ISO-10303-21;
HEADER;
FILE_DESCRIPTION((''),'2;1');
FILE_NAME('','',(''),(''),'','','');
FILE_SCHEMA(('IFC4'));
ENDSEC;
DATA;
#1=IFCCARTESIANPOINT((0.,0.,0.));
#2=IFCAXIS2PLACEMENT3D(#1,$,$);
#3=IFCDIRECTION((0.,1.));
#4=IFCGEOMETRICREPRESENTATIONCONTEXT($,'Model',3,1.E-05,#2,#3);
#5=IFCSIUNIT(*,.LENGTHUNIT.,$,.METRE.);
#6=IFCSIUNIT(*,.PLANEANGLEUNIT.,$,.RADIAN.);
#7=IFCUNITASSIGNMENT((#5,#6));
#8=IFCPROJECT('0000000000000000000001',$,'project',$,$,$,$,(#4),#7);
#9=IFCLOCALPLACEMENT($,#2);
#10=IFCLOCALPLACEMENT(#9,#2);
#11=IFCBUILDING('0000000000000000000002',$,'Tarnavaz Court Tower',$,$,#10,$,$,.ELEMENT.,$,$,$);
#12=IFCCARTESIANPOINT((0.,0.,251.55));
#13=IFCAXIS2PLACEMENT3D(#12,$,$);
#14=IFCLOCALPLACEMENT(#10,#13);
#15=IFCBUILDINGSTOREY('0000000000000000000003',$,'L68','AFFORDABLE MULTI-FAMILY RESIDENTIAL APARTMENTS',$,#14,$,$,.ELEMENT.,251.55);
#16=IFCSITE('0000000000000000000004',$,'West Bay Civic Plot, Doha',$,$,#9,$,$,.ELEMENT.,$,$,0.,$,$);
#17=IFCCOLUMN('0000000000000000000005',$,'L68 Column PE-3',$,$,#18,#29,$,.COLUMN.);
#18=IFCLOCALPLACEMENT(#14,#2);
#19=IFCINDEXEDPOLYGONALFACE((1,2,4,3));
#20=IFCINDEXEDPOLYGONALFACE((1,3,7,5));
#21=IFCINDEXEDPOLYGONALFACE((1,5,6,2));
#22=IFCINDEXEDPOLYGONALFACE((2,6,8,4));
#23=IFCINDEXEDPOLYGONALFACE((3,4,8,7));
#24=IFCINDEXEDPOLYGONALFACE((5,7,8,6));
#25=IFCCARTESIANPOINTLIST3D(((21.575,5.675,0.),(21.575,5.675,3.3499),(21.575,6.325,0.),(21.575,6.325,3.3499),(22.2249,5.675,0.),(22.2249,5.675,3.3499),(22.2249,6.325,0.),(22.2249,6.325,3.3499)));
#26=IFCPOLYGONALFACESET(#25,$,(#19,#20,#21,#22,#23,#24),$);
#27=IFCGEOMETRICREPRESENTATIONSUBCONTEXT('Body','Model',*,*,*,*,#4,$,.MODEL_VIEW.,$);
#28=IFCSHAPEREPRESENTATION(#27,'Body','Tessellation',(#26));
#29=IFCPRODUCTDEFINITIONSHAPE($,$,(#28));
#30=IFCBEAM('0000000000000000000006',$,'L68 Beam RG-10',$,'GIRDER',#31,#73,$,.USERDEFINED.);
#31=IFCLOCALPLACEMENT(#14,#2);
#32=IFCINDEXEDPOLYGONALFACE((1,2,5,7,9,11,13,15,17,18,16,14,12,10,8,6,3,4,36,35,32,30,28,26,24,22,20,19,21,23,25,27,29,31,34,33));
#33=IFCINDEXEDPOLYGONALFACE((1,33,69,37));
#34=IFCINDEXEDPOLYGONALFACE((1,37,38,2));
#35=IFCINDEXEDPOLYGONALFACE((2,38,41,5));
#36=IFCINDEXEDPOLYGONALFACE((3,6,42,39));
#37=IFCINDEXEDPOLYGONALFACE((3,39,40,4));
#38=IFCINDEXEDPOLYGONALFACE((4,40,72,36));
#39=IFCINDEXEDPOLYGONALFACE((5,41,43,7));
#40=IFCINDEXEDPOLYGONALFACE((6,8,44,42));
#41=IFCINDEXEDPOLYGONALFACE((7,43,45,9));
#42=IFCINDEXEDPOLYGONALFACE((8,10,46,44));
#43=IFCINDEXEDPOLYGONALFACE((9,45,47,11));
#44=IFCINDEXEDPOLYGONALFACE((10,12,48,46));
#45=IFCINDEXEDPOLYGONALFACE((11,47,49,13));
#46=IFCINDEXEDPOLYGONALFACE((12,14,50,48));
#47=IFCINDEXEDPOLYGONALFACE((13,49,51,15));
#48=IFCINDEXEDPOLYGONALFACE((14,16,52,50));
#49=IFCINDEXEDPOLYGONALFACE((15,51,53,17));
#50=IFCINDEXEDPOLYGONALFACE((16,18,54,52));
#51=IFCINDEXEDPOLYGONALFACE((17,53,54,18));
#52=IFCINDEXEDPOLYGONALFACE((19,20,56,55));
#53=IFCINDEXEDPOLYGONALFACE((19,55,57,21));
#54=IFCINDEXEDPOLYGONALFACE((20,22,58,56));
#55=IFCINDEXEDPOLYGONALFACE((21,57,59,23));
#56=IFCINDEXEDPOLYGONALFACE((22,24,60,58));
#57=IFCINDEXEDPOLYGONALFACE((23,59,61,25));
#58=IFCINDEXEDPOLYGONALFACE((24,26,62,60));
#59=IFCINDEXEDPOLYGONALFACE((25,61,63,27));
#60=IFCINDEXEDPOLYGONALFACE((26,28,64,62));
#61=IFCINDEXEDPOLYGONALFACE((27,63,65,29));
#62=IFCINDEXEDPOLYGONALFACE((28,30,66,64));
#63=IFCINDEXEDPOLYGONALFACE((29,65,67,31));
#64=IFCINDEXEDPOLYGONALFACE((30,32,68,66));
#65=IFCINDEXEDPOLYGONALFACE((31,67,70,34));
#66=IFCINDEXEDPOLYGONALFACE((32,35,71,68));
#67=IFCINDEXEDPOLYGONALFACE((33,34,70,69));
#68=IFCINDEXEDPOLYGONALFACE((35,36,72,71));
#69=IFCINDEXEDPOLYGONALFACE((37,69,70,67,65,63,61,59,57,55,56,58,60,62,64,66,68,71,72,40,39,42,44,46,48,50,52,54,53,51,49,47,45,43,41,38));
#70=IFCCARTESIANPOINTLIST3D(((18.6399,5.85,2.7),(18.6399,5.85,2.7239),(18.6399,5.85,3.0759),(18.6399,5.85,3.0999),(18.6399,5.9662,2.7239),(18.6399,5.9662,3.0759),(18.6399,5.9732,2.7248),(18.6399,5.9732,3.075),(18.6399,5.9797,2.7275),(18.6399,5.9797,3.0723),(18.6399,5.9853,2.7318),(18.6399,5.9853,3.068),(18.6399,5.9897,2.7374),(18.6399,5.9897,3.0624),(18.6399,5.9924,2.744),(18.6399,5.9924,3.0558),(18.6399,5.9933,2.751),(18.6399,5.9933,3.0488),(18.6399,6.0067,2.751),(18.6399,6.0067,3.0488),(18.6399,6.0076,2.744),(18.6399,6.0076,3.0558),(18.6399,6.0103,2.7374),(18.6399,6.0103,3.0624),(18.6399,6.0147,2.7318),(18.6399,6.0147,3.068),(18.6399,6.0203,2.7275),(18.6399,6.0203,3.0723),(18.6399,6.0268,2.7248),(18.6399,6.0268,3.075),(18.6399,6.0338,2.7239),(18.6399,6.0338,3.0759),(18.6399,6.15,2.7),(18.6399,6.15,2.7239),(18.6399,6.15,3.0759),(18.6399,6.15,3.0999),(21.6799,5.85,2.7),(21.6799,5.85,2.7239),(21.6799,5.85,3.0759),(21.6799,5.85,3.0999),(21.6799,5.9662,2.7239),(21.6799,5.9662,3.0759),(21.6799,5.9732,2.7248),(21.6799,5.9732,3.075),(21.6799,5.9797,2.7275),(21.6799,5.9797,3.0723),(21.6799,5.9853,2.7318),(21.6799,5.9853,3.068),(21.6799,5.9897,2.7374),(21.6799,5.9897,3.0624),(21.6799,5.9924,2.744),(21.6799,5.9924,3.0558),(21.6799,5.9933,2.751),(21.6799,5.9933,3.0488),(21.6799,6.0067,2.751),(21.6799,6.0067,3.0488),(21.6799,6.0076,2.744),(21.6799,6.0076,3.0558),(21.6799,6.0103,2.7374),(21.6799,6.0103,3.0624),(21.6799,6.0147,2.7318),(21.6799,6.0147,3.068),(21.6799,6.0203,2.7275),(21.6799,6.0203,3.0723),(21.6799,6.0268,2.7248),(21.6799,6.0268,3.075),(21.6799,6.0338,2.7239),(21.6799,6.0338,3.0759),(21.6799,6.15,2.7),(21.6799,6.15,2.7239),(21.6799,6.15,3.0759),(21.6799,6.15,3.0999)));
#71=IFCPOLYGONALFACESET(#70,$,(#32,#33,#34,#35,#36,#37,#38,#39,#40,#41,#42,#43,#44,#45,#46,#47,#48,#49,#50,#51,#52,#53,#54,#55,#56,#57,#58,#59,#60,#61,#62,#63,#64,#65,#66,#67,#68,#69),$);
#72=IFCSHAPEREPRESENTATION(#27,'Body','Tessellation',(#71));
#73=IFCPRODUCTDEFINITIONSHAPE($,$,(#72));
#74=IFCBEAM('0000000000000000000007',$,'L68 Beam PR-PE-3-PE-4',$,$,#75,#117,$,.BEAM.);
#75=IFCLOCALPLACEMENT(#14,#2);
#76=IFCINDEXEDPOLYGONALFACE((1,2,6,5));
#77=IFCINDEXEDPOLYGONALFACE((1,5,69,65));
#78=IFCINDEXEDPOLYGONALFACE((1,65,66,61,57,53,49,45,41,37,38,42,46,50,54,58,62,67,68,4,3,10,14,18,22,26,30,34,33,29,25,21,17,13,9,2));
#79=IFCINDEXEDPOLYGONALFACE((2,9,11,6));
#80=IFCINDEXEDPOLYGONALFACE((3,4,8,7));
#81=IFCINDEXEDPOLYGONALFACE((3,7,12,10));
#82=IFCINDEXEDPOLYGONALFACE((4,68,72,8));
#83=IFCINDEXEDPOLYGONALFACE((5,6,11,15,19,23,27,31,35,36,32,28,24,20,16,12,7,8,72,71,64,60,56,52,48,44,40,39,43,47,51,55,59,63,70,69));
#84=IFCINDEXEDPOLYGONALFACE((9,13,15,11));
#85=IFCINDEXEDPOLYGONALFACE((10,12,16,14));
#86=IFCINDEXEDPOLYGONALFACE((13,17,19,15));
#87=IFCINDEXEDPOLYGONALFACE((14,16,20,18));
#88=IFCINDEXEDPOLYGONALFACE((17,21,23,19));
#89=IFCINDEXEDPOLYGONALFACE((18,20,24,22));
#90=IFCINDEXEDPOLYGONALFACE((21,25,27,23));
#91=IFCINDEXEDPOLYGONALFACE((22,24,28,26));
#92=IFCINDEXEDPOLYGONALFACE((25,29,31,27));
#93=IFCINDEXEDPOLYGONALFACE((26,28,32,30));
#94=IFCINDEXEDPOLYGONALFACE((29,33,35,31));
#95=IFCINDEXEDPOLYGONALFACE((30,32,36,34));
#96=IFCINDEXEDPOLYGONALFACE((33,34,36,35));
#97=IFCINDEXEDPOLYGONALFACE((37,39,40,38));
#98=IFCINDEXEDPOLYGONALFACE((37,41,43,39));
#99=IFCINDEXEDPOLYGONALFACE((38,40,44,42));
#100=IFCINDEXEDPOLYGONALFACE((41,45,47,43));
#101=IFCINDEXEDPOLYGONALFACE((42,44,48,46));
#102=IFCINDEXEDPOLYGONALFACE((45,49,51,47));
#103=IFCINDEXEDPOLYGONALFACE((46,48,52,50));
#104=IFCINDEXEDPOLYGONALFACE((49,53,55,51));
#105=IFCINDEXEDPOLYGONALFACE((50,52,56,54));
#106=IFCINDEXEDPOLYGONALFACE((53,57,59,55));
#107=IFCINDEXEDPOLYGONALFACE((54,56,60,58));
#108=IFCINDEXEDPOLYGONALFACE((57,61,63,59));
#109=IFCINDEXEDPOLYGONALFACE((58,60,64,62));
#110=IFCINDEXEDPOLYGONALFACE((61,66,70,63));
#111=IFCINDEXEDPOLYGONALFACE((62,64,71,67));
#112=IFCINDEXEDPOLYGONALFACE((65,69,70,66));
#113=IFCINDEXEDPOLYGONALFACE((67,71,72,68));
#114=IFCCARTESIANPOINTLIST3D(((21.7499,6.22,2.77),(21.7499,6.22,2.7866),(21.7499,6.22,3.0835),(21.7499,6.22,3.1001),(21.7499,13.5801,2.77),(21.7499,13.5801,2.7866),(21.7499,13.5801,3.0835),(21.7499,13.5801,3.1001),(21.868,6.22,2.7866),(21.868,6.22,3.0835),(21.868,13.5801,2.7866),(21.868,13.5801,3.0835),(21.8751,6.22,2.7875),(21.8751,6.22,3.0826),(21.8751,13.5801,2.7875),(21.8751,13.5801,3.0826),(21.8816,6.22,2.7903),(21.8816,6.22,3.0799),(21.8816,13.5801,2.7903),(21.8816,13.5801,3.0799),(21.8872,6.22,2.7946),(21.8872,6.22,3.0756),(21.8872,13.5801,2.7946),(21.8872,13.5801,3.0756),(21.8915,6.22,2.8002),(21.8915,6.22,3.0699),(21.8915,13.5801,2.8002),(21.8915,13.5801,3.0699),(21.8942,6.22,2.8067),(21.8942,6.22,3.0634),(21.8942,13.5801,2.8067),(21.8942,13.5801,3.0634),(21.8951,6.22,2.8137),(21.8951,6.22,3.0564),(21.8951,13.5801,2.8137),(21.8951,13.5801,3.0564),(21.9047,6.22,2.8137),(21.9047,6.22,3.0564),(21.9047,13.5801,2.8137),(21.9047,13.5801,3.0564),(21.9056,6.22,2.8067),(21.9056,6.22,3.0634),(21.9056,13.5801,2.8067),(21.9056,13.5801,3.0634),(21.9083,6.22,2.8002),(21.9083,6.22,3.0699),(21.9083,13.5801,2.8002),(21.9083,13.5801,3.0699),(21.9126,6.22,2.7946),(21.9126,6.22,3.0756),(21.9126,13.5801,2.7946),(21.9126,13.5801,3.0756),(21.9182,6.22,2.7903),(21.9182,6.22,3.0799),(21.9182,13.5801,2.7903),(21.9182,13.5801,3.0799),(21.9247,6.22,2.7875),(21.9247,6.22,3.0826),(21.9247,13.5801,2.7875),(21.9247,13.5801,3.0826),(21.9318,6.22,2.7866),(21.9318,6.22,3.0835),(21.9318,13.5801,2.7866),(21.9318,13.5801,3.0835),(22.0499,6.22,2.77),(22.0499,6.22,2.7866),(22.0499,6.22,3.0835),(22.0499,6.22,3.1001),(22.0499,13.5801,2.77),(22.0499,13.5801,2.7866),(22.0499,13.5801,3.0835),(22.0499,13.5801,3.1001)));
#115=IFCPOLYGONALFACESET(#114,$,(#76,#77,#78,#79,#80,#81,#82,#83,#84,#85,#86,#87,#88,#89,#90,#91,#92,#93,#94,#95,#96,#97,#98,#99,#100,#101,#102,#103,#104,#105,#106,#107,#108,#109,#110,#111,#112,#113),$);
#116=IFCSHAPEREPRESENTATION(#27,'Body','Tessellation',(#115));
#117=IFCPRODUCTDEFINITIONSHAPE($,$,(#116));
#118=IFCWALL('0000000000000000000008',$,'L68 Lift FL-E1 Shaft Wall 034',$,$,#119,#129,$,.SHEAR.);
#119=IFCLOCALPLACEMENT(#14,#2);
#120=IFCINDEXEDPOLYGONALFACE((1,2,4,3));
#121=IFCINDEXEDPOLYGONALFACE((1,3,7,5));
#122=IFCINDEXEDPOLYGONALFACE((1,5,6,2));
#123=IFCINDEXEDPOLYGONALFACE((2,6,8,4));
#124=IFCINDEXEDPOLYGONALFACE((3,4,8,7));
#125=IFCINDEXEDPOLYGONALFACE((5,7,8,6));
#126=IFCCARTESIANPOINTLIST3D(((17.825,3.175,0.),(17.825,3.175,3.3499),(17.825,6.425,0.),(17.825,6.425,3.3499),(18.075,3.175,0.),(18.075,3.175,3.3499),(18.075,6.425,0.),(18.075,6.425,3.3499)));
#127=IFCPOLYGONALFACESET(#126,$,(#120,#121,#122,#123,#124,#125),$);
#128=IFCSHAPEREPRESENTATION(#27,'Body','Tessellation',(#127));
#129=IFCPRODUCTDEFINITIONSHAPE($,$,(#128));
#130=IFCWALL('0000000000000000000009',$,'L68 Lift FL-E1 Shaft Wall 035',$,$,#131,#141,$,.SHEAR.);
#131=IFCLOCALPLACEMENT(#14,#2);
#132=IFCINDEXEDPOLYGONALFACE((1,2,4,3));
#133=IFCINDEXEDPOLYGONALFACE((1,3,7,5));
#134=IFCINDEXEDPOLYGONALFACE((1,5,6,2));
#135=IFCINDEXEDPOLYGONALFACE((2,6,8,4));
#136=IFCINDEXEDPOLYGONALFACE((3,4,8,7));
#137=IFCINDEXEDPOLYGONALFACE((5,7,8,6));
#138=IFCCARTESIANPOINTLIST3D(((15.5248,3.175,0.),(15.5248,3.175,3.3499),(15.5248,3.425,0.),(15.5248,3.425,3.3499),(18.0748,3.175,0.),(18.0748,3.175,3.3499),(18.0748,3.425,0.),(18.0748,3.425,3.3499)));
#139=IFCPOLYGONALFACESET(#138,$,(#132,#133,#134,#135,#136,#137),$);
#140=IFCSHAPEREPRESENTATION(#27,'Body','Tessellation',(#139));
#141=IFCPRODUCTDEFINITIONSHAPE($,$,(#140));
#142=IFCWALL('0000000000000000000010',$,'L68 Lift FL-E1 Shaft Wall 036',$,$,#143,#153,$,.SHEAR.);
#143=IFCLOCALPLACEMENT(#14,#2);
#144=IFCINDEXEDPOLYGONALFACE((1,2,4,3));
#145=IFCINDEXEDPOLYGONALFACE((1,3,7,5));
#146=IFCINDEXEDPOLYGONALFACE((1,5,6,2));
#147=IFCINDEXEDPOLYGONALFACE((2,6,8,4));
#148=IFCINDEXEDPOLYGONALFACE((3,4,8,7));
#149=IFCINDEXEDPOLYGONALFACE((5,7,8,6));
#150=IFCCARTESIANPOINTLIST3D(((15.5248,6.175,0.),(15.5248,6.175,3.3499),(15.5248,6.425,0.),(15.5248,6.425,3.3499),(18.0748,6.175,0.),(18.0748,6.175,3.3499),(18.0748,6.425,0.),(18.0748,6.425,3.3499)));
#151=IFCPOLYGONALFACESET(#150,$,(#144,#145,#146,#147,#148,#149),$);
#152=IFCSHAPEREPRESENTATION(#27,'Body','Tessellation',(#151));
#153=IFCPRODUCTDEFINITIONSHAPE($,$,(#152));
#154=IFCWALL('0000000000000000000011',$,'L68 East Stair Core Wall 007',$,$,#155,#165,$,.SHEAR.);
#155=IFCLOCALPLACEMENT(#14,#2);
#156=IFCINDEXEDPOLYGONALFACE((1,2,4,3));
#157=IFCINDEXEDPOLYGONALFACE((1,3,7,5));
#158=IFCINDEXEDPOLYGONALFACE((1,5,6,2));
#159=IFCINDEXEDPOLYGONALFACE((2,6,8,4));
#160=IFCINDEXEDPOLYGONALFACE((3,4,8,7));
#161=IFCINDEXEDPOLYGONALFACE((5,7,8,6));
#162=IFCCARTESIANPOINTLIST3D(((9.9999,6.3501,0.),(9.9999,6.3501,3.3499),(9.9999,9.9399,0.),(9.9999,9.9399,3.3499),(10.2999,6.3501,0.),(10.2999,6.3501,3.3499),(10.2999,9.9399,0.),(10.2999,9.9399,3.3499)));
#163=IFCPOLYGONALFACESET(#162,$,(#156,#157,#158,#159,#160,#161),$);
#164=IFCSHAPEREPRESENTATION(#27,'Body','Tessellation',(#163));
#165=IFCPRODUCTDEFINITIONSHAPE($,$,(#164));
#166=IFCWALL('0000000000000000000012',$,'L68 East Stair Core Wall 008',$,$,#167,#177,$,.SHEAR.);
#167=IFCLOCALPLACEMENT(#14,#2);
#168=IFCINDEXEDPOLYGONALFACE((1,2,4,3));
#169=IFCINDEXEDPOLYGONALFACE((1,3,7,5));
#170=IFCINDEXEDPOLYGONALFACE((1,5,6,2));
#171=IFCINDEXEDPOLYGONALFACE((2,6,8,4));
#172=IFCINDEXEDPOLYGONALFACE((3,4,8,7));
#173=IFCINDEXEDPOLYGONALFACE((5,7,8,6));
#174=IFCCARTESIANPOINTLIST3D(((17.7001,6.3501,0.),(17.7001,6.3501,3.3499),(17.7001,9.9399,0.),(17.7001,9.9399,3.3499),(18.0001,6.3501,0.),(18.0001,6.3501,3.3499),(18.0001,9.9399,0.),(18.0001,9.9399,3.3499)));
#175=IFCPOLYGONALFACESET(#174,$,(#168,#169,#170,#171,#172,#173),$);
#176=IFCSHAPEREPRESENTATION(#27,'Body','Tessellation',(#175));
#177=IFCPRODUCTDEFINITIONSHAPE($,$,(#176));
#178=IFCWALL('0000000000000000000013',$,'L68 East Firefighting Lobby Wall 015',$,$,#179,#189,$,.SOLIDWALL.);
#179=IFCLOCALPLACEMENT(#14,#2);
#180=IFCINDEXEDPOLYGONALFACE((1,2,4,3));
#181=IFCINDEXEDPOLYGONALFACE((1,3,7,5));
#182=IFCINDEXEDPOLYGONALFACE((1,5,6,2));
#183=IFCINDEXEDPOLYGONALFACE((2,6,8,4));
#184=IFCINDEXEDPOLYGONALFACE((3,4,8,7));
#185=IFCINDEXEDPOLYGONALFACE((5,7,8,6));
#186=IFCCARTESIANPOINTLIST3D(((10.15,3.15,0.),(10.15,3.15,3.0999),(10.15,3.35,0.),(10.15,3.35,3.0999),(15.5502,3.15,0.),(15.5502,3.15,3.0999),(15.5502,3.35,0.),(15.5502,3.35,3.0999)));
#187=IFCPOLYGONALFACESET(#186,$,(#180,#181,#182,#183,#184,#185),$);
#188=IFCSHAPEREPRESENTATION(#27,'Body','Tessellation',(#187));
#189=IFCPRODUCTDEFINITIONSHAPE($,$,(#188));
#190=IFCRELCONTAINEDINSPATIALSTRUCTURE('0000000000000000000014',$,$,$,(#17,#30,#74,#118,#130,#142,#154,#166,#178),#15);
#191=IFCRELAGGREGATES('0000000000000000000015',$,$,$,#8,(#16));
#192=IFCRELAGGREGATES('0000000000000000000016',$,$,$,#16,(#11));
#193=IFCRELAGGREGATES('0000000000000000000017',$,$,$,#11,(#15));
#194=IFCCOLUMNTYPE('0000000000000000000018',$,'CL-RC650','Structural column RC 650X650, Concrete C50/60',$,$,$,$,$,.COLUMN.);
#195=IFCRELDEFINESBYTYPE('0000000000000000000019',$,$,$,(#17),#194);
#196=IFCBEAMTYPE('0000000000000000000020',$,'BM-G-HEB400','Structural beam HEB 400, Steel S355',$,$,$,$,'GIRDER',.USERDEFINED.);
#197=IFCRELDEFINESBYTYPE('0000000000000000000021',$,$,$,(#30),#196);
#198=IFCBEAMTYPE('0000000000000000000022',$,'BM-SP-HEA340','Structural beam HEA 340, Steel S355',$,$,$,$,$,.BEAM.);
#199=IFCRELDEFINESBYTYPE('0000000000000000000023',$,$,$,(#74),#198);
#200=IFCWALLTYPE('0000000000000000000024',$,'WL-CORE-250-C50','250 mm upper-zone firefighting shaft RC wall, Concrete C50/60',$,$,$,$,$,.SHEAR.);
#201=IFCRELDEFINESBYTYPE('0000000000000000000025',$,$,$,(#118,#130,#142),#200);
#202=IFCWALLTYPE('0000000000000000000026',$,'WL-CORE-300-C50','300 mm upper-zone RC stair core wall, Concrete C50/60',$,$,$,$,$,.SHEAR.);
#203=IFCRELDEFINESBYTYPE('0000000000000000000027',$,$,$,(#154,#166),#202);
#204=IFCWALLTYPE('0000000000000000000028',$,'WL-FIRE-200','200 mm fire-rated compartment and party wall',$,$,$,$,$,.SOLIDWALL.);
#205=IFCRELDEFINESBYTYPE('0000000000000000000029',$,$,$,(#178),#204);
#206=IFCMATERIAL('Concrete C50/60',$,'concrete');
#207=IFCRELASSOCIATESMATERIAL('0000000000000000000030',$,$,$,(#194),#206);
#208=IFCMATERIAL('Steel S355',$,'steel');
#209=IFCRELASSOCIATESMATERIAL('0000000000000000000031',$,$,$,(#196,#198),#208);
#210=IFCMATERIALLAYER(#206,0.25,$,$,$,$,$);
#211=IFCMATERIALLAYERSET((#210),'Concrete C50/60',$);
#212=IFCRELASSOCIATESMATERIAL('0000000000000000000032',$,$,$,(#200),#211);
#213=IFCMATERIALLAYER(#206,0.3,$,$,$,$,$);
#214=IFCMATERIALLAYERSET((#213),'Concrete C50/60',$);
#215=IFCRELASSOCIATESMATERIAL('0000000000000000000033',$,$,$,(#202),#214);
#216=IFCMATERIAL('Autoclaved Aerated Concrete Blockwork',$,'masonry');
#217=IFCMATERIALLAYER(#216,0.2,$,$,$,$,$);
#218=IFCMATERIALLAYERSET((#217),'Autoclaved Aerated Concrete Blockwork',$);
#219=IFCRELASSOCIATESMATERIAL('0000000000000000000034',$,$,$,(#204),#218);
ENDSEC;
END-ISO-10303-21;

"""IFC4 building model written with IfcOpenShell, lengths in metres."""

from ifc_helpers import new_model, si_unit, direction, frame, frame_2d, origin, origin_2d, place, context, subcontext, project, spatial, rectangle, i_section, extrude, material, layer, layer_set, material_profile, profile_set, type_object, element, save


model = new_model("IFC4")

# Units and contexts
model_context = context("Model", 3, precision=1e-05, world=origin(), true_north=direction((0.0, 1.0)))
body_context = subcontext(model_context, "Body", "Model", "MODEL_VIEW")
ifc_project = project(units=[si_unit("LENGTHUNIT", "METRE"), si_unit("PLANEANGLEUNIT", "RADIAN")], contexts=[model_context])

# Site, building, storey
site_placement = place(None, origin())
site = spatial("IfcSite", under=ifc_project, at=site_placement, Name="West Bay Civic Plot, Doha", CompositionType="ELEMENT", RefElevation=0.0)
building_placement = place(site_placement, origin())
building = spatial("IfcBuilding", under=site, at=building_placement, Name="Tarnavaz Court Tower", CompositionType="ELEMENT")
storey_placement = place(building_placement, frame((0.0, 0.0, 251.55)))
storey = spatial("IfcBuildingStorey", under=building, at=storey_placement, Name="L68", Description="AFFORDABLE MULTI-FAMILY RESIDENTIAL APARTMENTS", CompositionType="ELEMENT", Elevation=251.55)

# Column
ifc_material_1 = material(Name="Concrete C50/60", Category="concrete")
ifc_material_profile_1 = material_profile(ifc_material_1, rectangle(XDim=0.6499, YDim=0.6499, at=origin_2d()), Name="RC 650X650")
ifc_profile_set_1 = profile_set([ifc_material_profile_1], Name="Concrete C50/60")
column_type = type_object("IfcColumnType", Name="CL-RC650", Description="Structural column RC 650X650, Concrete C50/60", PredefinedType="COLUMN", material=ifc_profile_set_1)
column_placement = place(storey_placement, frame((21.8999, 6.0, 0.0), z_axis=(0.0, 0.0, 1.0), x_axis=(1.0, 0.0, 0.0)))
element("IfcColumn", 1, at=column_placement, inside=storey, type_object=column_type, Name="L68 Column PE-3", PredefinedType="COLUMN", context=body_context, shape_type="SweptSolid", body=[
    extrude(rectangle(XDim=0.6499, YDim=0.6499, at=origin_2d()), origin(), (0.0, 0.0, 1.0), 3.3499),
])

# Beams
ifc_material_2 = material(Name="Steel S355", Category="steel")
ifc_material_profile_2 = material_profile(ifc_material_2, i_section(OverallWidth=0.3, OverallDepth=0.3999, WebThickness=0.0134, FlangeThickness=0.0239, FilletRadius=0.0271, at=origin_2d()), Name="HEB 400")
ifc_profile_set_2 = profile_set([ifc_material_profile_2], Name="Steel S355")
beam_type_1 = type_object("IfcBeamType", Name="BM-G-HEB400", Description="Structural beam HEB 400, Steel S355", ElementType="GIRDER", PredefinedType="USERDEFINED", material=ifc_profile_set_2)
beam_1_placement = place(storey_placement, frame((18.6399, 6.0, 2.8999), z_axis=(1.0, 0.0, 0.0), x_axis=(0.0, 1.0, 0.0)))
element("IfcBeam", 2, at=beam_1_placement, inside=storey, type_object=beam_type_1, Name="L68 Beam RG-10", ObjectType="GIRDER", PredefinedType="USERDEFINED", context=body_context, shape_type="SweptSolid", body=[
    extrude(i_section(OverallWidth=0.3, OverallDepth=0.3999, WebThickness=0.0134, FlangeThickness=0.0239, FilletRadius=0.0271, at=origin_2d()), origin(), (0.0, 0.0, 1.0), 3.04),
])
ifc_material_profile_3 = material_profile(ifc_material_2, i_section(OverallWidth=0.3, OverallDepth=0.3301, WebThickness=0.0095, FlangeThickness=0.0166, FilletRadius=0.0271, at=origin_2d()), Name="HEA 340")
ifc_profile_set_3 = profile_set([ifc_material_profile_3], Name="Steel S355")
beam_type_2 = type_object("IfcBeamType", Name="BM-SP-HEA340", Description="Structural beam HEA 340, Steel S355", PredefinedType="BEAM", material=ifc_profile_set_3)
beam_2_placement = place(storey_placement, frame((21.8999, 6.22, 2.9351), z_axis=(0.0, 1.0, 0.0), x_axis=(-1.0, 0.0, 0.0)))
element("IfcBeam", 3, at=beam_2_placement, inside=storey, type_object=beam_type_2, Name="L68 Beam PR-PE-3-PE-4", PredefinedType="BEAM", context=body_context, shape_type="SweptSolid", body=[
    extrude(i_section(OverallWidth=0.3, OverallDepth=0.3301, WebThickness=0.0095, FlangeThickness=0.0166, FilletRadius=0.0271, at=origin_2d()), origin(), (0.0, 0.0, 1.0), 7.3601),
])

# Shared definitions
ifc_layer_1 = layer(ifc_material_1, 0.25)
ifc_layer_set_1 = layer_set([ifc_layer_1], Name="Concrete C50/60")
wall_type_1 = type_object("IfcWallType", Name="WL-CORE-250-C50", Description="250 mm upper-zone firefighting shaft RC wall, Concrete C50/60", PredefinedType="SHEAR", material=ifc_layer_set_1)

# Walls
wall_1_placement = place(storey_placement, frame((17.95, 3.175, 0.0), z_axis=(0.0, 0.0, 1.0), x_axis=(0.0, 1.0, 0.0)))
element("IfcWall", 4, at=wall_1_placement, inside=storey, type_object=wall_type_1, Name="L68 Lift FL-E1 Shaft Wall 034", PredefinedType="SHEAR", context=body_context, shape_type="SweptSolid", body=[
    extrude(rectangle(XDim=3.25, YDim=0.25, at=frame_2d((1.625, 0.0))), origin(), (0.0, 0.0, 1.0), 3.3499),
])
for number, where, z_axis, x_axis, name in (
    (5, (15.5249, 3.3, 0.0), (0.0, 0.0, 1.0), (1.0, 0.0, 0.0), "L68 Lift FL-E1 Shaft Wall 035"),
    (6, (15.5249, 6.3, 0.0), (0.0, 0.0, 1.0), (1.0, 0.0, 0.0), "L68 Lift FL-E1 Shaft Wall 036"),
):
    element("IfcWall", number, at=place(storey_placement, frame(where, z_axis=z_axis, x_axis=x_axis)), inside=storey, type_object=wall_type_1, Name=name, PredefinedType="SHEAR", context=body_context, shape_type="SweptSolid", body=[
        extrude(rectangle(XDim=2.55, YDim=0.25, at=frame_2d((1.2749, 0.0))), origin(), (0.0, 0.0, 1.0), 3.3499),
    ])
ifc_layer_2 = layer(ifc_material_1, 0.3)
ifc_layer_set_2 = layer_set([ifc_layer_2], Name="Concrete C50/60")
wall_type_2 = type_object("IfcWallType", Name="WL-CORE-300-C50", Description="300 mm upper-zone RC stair core wall, Concrete C50/60", PredefinedType="SHEAR", material=ifc_layer_set_2)
for number, where, z_axis, x_axis, name in (
    (7, (10.1499, 6.3501, 0.0), (0.0, 0.0, 1.0), (0.0, 1.0, 0.0), "L68 East Stair Core Wall 007"),
    (8, (17.8501, 6.3501, 0.0), (0.0, 0.0, 1.0), (0.0, 1.0, 0.0), "L68 East Stair Core Wall 008"),
):
    element("IfcWall", number, at=place(storey_placement, frame(where, z_axis=z_axis, x_axis=x_axis)), inside=storey, type_object=wall_type_2, Name=name, PredefinedType="SHEAR", context=body_context, shape_type="SweptSolid", body=[
        extrude(rectangle(XDim=3.5898, YDim=0.3, at=frame_2d((1.7949, 0.0))), origin(), (0.0, 0.0, 1.0), 3.3499),
    ])
ifc_material_3 = material(Name="Autoclaved Aerated Concrete Blockwork", Category="masonry")
ifc_layer_3 = layer(ifc_material_3, 0.2)
ifc_layer_set_3 = layer_set([ifc_layer_3], Name="Autoclaved Aerated Concrete Blockwork")
wall_type_3 = type_object("IfcWallType", Name="WL-FIRE-200", Description="200 mm fire-rated compartment and party wall", PredefinedType="SOLIDWALL", material=ifc_layer_set_3)
wall_2_placement = place(storey_placement, frame((10.1499, 3.25, 0.0), z_axis=(0.0, 0.0, 1.0), x_axis=(1.0, 0.0, 0.0)))
element("IfcWall", 9, at=wall_2_placement, inside=storey, type_object=wall_type_3, Name="L68 East Firefighting Lobby Wall 015", PredefinedType="SOLIDWALL", context=body_context, shape_type="SweptSolid", body=[
    extrude(rectangle(XDim=5.4001, YDim=0.2, at=frame_2d((2.7002, 0.0))), origin(), (0.0, 0.0, 1.0), 3.0999),
])

save(model, "model.ifc")
